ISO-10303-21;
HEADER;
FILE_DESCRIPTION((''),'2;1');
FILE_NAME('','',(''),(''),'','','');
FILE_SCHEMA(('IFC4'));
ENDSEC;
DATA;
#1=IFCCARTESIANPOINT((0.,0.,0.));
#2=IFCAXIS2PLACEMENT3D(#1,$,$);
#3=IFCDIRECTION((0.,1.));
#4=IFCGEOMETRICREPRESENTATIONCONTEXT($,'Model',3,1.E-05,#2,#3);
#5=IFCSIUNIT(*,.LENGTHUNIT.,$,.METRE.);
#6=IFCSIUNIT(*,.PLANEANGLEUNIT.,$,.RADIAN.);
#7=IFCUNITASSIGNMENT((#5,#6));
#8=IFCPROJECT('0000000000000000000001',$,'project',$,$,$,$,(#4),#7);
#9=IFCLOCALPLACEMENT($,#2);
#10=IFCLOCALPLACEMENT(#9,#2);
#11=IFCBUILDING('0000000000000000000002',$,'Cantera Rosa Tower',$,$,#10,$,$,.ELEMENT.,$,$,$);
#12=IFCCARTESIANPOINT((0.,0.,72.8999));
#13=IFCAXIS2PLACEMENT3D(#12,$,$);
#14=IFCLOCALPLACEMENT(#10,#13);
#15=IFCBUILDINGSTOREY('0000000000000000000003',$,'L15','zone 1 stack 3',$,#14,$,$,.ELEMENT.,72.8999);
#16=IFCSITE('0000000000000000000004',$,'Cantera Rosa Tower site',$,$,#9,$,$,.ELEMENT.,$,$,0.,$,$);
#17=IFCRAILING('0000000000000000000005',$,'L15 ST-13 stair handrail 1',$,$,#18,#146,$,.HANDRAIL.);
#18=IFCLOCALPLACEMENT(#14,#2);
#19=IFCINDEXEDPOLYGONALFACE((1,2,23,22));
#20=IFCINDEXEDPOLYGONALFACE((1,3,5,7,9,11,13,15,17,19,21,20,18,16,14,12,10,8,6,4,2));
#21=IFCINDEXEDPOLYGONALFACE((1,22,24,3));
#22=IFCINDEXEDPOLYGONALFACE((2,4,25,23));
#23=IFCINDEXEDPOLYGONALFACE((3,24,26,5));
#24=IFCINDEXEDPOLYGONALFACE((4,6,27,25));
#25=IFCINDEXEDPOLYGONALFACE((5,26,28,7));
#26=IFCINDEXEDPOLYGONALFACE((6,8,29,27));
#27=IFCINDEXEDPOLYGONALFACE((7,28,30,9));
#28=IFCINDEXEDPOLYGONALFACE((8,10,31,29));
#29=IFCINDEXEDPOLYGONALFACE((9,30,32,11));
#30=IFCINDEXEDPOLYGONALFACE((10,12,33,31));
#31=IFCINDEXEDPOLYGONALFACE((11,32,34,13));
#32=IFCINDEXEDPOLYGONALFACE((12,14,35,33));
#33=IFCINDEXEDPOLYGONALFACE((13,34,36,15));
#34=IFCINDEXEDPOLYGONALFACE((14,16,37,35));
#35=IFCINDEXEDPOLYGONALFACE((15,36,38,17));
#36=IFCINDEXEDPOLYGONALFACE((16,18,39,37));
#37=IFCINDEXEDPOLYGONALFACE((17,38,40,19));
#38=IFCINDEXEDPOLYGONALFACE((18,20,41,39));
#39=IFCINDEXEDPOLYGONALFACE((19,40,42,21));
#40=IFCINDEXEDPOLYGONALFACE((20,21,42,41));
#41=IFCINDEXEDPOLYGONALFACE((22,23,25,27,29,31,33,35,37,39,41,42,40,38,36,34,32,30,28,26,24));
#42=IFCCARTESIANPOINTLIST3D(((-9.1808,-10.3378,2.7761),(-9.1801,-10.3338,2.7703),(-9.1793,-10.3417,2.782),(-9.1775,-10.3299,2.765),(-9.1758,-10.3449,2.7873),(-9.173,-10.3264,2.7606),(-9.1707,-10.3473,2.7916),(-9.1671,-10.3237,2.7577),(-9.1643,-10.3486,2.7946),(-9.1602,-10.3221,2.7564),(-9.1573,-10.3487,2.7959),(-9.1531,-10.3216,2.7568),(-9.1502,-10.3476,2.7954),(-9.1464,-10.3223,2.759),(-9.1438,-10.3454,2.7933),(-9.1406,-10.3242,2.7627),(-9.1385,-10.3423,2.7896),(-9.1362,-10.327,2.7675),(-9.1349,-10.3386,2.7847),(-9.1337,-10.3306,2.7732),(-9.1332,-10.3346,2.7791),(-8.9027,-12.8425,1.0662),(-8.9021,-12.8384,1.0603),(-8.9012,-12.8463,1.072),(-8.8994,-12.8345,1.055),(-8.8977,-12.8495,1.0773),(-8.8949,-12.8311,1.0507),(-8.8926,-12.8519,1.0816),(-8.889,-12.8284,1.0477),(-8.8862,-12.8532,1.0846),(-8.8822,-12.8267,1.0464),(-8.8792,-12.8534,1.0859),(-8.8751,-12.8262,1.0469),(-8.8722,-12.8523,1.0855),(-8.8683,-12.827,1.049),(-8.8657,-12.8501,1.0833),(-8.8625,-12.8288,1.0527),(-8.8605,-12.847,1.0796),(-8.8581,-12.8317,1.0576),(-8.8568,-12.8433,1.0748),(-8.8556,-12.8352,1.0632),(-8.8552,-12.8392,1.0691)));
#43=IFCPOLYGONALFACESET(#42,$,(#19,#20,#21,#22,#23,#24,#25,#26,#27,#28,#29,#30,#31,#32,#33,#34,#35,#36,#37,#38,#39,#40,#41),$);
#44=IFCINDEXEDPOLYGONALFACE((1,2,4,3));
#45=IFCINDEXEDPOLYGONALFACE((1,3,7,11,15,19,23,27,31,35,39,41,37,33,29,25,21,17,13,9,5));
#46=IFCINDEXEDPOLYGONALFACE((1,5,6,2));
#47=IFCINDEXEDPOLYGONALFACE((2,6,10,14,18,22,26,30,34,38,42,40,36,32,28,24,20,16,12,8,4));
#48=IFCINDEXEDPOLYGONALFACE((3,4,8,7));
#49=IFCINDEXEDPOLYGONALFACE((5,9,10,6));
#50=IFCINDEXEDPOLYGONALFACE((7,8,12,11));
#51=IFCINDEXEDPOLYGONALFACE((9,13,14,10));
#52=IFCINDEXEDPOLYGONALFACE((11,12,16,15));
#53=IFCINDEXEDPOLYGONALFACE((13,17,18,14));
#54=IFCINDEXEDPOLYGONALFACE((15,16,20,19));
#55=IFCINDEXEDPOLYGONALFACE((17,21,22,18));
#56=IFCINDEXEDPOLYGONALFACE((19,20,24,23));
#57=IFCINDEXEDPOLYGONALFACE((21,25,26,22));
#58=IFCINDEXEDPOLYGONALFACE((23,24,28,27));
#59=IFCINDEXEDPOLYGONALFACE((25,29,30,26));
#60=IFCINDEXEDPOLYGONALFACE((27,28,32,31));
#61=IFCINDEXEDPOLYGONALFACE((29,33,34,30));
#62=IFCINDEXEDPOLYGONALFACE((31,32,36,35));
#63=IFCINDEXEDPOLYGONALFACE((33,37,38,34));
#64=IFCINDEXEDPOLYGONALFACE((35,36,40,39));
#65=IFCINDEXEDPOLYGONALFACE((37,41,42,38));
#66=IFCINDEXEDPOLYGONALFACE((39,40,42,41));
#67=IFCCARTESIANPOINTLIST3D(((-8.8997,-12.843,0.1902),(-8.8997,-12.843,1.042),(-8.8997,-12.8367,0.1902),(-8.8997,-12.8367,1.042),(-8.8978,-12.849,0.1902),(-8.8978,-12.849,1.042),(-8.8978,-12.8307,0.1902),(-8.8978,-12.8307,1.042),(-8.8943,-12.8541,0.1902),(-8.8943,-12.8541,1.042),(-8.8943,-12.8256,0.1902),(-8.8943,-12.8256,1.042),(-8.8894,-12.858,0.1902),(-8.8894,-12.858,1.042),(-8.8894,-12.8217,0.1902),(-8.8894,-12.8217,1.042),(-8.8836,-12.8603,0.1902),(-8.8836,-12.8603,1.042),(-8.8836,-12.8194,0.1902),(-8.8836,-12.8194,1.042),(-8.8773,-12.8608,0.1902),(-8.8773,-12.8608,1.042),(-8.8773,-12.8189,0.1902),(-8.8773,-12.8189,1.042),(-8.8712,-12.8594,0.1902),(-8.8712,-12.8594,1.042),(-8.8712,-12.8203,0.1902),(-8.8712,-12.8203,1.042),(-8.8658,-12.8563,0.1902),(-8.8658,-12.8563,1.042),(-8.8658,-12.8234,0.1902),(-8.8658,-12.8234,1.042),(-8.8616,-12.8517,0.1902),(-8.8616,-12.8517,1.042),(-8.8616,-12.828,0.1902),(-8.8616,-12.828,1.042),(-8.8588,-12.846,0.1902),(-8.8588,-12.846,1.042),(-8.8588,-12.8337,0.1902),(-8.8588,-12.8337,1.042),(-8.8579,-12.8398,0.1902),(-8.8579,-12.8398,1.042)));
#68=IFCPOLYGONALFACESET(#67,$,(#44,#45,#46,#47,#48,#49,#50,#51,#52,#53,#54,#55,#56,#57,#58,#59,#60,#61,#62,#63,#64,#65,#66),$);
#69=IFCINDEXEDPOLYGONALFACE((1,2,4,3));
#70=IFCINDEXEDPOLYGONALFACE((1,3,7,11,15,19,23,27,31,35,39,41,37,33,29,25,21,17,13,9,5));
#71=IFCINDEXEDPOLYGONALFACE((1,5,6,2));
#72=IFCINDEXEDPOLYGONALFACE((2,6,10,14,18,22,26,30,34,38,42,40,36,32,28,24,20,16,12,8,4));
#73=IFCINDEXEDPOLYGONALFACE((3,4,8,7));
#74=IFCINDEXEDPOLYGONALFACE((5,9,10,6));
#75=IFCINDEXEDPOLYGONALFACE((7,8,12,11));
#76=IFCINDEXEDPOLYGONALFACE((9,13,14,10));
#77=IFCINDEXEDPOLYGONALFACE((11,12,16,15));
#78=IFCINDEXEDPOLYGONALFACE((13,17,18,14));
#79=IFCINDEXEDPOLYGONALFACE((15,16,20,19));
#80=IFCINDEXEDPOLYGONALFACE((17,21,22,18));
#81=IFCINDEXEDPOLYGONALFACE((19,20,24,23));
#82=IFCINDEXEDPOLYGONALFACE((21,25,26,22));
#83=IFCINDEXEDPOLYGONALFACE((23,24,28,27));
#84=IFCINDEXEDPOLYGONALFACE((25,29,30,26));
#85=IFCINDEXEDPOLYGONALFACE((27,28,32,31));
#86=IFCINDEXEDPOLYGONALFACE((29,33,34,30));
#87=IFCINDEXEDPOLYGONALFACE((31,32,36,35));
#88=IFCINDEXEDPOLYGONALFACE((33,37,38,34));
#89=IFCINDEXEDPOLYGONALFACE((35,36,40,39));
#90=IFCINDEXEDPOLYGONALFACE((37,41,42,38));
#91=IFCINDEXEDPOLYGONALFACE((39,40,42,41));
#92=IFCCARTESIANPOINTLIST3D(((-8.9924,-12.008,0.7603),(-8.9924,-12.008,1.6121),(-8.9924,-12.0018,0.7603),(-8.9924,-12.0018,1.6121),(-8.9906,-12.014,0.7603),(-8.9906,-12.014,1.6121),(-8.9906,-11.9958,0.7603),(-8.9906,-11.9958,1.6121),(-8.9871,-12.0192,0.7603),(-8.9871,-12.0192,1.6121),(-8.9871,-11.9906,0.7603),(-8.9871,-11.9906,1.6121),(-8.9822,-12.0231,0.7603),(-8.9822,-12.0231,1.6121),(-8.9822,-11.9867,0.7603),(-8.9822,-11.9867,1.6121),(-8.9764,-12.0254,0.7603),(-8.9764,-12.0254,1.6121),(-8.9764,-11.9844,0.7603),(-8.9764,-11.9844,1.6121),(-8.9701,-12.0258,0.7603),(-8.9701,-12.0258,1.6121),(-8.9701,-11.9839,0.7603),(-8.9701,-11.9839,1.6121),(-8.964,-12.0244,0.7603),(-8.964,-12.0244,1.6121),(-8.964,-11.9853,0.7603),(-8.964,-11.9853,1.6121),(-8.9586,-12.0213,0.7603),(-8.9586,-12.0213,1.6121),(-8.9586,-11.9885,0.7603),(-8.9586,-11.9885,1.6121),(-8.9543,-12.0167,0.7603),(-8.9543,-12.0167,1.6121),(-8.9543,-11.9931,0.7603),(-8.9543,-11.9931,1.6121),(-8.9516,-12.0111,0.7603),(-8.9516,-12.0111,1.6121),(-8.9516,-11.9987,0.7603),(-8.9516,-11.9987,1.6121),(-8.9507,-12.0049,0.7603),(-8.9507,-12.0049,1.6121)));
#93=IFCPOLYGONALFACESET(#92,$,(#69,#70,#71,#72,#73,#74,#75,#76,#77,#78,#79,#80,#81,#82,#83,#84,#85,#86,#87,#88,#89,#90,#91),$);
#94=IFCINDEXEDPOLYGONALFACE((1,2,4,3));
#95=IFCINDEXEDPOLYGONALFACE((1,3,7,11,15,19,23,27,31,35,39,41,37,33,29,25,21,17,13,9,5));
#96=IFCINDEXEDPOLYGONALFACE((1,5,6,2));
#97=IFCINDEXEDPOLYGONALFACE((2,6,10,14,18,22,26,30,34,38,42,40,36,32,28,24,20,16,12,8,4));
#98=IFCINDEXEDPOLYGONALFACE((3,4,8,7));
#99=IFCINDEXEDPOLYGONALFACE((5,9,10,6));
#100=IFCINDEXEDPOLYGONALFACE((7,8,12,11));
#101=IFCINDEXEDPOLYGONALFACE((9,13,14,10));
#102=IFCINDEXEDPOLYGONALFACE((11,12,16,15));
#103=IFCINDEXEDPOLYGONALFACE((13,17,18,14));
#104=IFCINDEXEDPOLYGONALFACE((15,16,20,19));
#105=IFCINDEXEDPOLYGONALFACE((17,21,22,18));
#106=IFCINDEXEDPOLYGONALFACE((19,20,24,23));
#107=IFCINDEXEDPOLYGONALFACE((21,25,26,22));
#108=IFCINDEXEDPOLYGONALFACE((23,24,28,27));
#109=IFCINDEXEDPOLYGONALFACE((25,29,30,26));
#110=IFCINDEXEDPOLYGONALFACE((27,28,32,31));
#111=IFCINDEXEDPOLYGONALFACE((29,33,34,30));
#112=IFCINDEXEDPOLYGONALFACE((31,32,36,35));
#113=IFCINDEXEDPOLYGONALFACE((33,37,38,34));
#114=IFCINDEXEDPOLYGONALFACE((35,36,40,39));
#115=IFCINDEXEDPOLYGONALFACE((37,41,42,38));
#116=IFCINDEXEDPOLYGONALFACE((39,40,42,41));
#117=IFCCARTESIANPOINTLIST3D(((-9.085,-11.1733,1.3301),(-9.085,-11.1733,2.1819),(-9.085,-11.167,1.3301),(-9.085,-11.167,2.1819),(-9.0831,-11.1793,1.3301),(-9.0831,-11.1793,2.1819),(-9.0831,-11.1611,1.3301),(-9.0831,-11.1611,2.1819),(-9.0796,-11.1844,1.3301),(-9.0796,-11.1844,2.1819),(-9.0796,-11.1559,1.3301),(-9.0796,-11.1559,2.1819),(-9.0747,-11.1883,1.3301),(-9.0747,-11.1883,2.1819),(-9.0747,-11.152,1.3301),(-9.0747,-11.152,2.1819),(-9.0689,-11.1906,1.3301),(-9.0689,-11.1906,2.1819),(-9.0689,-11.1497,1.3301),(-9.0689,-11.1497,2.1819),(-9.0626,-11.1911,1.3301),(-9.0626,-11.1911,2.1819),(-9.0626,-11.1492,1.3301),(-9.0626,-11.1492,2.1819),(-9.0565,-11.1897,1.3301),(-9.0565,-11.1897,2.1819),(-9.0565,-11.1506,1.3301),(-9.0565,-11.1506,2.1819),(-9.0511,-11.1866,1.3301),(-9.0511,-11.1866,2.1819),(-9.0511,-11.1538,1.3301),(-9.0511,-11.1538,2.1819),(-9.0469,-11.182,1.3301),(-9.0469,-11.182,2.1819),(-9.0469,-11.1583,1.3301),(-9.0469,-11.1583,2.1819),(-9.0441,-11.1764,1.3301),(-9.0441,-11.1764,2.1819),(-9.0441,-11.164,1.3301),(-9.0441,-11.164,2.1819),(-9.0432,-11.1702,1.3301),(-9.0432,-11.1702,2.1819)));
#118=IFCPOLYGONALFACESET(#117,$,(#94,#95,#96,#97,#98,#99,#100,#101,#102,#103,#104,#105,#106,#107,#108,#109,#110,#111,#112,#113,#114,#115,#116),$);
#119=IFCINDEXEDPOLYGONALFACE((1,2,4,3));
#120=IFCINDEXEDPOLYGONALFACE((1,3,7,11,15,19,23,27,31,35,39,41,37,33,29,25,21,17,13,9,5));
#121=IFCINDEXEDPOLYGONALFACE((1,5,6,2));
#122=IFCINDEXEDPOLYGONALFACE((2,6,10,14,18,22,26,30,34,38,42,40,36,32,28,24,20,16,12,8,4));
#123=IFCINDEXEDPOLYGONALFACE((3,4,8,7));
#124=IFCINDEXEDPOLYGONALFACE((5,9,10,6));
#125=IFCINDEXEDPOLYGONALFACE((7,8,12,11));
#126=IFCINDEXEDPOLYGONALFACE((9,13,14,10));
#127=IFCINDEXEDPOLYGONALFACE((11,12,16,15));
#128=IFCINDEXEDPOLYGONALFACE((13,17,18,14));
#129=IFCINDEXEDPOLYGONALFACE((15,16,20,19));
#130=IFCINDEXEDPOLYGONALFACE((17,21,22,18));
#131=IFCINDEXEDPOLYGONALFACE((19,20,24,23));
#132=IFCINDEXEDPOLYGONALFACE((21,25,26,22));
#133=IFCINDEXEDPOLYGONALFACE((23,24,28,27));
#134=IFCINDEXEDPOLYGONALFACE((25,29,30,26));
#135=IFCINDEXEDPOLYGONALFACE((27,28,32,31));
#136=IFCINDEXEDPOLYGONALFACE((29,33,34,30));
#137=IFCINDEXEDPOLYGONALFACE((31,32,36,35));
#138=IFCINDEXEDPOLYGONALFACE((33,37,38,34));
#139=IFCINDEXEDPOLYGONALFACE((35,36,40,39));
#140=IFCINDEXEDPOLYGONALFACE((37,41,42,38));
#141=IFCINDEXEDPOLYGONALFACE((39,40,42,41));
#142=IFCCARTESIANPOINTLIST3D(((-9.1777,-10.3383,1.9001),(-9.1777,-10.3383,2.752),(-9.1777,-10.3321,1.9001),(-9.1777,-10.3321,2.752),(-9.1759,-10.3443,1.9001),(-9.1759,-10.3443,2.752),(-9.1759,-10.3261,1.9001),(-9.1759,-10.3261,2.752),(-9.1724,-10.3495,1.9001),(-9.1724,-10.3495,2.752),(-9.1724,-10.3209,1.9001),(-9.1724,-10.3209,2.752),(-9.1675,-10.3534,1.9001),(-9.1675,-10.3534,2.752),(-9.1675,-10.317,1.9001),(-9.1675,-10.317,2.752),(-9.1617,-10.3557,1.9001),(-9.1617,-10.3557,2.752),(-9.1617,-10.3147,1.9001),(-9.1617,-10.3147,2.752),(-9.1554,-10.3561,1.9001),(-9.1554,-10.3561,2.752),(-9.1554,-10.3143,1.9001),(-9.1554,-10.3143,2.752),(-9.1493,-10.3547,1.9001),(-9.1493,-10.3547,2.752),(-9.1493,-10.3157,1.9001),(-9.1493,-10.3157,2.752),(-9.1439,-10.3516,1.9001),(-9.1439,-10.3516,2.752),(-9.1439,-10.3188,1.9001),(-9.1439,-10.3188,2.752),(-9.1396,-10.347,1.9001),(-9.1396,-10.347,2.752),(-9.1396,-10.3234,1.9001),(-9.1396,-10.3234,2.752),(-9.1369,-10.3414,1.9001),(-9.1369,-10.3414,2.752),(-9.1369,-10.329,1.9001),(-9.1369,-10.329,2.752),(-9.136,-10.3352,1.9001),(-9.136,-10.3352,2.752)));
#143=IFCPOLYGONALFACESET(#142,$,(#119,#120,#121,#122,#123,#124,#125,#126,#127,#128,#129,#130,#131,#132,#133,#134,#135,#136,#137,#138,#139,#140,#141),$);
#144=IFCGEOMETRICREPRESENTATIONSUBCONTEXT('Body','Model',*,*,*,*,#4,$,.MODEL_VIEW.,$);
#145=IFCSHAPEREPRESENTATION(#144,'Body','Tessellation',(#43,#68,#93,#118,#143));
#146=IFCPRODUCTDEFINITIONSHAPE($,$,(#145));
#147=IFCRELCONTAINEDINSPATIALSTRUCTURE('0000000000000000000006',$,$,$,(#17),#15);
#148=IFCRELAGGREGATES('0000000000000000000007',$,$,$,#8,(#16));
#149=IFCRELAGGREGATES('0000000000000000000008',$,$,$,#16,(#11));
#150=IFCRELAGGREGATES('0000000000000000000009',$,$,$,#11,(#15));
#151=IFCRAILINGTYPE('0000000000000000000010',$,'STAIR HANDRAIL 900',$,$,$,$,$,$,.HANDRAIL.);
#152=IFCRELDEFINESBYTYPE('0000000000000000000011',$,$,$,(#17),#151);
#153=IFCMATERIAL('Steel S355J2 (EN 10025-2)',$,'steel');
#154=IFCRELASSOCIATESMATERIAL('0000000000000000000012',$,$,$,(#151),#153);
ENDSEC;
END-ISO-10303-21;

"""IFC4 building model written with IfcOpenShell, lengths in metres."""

from ifc_helpers import new_model, si_unit, direction, frame, origin, origin_2d, place, context, subcontext, project, spatial, circle, extrude, material, type_object, element, save


model = new_model("IFC4")

# Units and contexts
model_context = context("Model", 3, precision=1e-05, world=origin(), true_north=direction((0.0, 1.0)))
body_context = subcontext(model_context, "Body", "Model", "MODEL_VIEW")
ifc_project = project(units=[si_unit("LENGTHUNIT", "METRE"), si_unit("PLANEANGLEUNIT", "RADIAN")], contexts=[model_context])

# Site, building, storey
site_placement = place(None, origin())
site = spatial("IfcSite", under=ifc_project, at=site_placement, Name="Cantera Rosa Tower site", CompositionType="ELEMENT", RefElevation=0.0)
building_placement = place(site_placement, origin())
building = spatial("IfcBuilding", under=site, at=building_placement, Name="Cantera Rosa Tower", CompositionType="ELEMENT")
storey_placement = place(building_placement, frame((0.0, 0.0, 72.8999)))
storey = spatial("IfcBuildingStorey", under=building, at=storey_placement, Name="L15", Description="zone 1 stack 3", CompositionType="ELEMENT", Elevation=72.8999)

# Railing
ifc_material_1 = material(Name="Steel S355J2 (EN 10025-2)", Category="steel")
railing_type_1 = type_object("IfcRailingType", Name="STAIR HANDRAIL 900", PredefinedType="HANDRAIL", material=ifc_material_1)
railing_1_placement = place(storey_placement, frame((-8.8789, -12.8398, 0.1902)))
element("IfcRailing", 1, at=railing_1_placement, inside=storey, type_object=railing_type_1, Name="L15 ST-13 stair handrail 1", PredefinedType="HANDRAIL", context=body_context, shape_type="SweptSolid", body=[
    extrude(circle(Radius=0.0239, at=origin_2d()), frame((0.0, 0.0, 0.876), z_axis=(-0.09131, 0.822431, 0.561488), x_axis=(-0.993893, -0.110346, 0.0)), (0.0, 0.0, 1.0), 3.0454),
    extrude(circle(Radius=0.021, at=origin_2d()), origin(), (0.0, 0.0, 1.0), 0.8518),
    extrude(circle(Radius=0.021, at=origin_2d()), frame((-0.0928, 0.835, 0.5701)), (0.0, 0.0, 1.0), 0.8518),
    extrude(circle(Radius=0.021, at=origin_2d()), frame((-0.1853, 1.6697, 1.1399)), (0.0, 0.0, 1.0), 0.8518),
    extrude(circle(Radius=0.021, at=origin_2d()), frame((-0.2781, 2.5046, 1.71)), (0.0, 0.0, 1.0), 0.8518),
])

save(model, "model.ifc")
